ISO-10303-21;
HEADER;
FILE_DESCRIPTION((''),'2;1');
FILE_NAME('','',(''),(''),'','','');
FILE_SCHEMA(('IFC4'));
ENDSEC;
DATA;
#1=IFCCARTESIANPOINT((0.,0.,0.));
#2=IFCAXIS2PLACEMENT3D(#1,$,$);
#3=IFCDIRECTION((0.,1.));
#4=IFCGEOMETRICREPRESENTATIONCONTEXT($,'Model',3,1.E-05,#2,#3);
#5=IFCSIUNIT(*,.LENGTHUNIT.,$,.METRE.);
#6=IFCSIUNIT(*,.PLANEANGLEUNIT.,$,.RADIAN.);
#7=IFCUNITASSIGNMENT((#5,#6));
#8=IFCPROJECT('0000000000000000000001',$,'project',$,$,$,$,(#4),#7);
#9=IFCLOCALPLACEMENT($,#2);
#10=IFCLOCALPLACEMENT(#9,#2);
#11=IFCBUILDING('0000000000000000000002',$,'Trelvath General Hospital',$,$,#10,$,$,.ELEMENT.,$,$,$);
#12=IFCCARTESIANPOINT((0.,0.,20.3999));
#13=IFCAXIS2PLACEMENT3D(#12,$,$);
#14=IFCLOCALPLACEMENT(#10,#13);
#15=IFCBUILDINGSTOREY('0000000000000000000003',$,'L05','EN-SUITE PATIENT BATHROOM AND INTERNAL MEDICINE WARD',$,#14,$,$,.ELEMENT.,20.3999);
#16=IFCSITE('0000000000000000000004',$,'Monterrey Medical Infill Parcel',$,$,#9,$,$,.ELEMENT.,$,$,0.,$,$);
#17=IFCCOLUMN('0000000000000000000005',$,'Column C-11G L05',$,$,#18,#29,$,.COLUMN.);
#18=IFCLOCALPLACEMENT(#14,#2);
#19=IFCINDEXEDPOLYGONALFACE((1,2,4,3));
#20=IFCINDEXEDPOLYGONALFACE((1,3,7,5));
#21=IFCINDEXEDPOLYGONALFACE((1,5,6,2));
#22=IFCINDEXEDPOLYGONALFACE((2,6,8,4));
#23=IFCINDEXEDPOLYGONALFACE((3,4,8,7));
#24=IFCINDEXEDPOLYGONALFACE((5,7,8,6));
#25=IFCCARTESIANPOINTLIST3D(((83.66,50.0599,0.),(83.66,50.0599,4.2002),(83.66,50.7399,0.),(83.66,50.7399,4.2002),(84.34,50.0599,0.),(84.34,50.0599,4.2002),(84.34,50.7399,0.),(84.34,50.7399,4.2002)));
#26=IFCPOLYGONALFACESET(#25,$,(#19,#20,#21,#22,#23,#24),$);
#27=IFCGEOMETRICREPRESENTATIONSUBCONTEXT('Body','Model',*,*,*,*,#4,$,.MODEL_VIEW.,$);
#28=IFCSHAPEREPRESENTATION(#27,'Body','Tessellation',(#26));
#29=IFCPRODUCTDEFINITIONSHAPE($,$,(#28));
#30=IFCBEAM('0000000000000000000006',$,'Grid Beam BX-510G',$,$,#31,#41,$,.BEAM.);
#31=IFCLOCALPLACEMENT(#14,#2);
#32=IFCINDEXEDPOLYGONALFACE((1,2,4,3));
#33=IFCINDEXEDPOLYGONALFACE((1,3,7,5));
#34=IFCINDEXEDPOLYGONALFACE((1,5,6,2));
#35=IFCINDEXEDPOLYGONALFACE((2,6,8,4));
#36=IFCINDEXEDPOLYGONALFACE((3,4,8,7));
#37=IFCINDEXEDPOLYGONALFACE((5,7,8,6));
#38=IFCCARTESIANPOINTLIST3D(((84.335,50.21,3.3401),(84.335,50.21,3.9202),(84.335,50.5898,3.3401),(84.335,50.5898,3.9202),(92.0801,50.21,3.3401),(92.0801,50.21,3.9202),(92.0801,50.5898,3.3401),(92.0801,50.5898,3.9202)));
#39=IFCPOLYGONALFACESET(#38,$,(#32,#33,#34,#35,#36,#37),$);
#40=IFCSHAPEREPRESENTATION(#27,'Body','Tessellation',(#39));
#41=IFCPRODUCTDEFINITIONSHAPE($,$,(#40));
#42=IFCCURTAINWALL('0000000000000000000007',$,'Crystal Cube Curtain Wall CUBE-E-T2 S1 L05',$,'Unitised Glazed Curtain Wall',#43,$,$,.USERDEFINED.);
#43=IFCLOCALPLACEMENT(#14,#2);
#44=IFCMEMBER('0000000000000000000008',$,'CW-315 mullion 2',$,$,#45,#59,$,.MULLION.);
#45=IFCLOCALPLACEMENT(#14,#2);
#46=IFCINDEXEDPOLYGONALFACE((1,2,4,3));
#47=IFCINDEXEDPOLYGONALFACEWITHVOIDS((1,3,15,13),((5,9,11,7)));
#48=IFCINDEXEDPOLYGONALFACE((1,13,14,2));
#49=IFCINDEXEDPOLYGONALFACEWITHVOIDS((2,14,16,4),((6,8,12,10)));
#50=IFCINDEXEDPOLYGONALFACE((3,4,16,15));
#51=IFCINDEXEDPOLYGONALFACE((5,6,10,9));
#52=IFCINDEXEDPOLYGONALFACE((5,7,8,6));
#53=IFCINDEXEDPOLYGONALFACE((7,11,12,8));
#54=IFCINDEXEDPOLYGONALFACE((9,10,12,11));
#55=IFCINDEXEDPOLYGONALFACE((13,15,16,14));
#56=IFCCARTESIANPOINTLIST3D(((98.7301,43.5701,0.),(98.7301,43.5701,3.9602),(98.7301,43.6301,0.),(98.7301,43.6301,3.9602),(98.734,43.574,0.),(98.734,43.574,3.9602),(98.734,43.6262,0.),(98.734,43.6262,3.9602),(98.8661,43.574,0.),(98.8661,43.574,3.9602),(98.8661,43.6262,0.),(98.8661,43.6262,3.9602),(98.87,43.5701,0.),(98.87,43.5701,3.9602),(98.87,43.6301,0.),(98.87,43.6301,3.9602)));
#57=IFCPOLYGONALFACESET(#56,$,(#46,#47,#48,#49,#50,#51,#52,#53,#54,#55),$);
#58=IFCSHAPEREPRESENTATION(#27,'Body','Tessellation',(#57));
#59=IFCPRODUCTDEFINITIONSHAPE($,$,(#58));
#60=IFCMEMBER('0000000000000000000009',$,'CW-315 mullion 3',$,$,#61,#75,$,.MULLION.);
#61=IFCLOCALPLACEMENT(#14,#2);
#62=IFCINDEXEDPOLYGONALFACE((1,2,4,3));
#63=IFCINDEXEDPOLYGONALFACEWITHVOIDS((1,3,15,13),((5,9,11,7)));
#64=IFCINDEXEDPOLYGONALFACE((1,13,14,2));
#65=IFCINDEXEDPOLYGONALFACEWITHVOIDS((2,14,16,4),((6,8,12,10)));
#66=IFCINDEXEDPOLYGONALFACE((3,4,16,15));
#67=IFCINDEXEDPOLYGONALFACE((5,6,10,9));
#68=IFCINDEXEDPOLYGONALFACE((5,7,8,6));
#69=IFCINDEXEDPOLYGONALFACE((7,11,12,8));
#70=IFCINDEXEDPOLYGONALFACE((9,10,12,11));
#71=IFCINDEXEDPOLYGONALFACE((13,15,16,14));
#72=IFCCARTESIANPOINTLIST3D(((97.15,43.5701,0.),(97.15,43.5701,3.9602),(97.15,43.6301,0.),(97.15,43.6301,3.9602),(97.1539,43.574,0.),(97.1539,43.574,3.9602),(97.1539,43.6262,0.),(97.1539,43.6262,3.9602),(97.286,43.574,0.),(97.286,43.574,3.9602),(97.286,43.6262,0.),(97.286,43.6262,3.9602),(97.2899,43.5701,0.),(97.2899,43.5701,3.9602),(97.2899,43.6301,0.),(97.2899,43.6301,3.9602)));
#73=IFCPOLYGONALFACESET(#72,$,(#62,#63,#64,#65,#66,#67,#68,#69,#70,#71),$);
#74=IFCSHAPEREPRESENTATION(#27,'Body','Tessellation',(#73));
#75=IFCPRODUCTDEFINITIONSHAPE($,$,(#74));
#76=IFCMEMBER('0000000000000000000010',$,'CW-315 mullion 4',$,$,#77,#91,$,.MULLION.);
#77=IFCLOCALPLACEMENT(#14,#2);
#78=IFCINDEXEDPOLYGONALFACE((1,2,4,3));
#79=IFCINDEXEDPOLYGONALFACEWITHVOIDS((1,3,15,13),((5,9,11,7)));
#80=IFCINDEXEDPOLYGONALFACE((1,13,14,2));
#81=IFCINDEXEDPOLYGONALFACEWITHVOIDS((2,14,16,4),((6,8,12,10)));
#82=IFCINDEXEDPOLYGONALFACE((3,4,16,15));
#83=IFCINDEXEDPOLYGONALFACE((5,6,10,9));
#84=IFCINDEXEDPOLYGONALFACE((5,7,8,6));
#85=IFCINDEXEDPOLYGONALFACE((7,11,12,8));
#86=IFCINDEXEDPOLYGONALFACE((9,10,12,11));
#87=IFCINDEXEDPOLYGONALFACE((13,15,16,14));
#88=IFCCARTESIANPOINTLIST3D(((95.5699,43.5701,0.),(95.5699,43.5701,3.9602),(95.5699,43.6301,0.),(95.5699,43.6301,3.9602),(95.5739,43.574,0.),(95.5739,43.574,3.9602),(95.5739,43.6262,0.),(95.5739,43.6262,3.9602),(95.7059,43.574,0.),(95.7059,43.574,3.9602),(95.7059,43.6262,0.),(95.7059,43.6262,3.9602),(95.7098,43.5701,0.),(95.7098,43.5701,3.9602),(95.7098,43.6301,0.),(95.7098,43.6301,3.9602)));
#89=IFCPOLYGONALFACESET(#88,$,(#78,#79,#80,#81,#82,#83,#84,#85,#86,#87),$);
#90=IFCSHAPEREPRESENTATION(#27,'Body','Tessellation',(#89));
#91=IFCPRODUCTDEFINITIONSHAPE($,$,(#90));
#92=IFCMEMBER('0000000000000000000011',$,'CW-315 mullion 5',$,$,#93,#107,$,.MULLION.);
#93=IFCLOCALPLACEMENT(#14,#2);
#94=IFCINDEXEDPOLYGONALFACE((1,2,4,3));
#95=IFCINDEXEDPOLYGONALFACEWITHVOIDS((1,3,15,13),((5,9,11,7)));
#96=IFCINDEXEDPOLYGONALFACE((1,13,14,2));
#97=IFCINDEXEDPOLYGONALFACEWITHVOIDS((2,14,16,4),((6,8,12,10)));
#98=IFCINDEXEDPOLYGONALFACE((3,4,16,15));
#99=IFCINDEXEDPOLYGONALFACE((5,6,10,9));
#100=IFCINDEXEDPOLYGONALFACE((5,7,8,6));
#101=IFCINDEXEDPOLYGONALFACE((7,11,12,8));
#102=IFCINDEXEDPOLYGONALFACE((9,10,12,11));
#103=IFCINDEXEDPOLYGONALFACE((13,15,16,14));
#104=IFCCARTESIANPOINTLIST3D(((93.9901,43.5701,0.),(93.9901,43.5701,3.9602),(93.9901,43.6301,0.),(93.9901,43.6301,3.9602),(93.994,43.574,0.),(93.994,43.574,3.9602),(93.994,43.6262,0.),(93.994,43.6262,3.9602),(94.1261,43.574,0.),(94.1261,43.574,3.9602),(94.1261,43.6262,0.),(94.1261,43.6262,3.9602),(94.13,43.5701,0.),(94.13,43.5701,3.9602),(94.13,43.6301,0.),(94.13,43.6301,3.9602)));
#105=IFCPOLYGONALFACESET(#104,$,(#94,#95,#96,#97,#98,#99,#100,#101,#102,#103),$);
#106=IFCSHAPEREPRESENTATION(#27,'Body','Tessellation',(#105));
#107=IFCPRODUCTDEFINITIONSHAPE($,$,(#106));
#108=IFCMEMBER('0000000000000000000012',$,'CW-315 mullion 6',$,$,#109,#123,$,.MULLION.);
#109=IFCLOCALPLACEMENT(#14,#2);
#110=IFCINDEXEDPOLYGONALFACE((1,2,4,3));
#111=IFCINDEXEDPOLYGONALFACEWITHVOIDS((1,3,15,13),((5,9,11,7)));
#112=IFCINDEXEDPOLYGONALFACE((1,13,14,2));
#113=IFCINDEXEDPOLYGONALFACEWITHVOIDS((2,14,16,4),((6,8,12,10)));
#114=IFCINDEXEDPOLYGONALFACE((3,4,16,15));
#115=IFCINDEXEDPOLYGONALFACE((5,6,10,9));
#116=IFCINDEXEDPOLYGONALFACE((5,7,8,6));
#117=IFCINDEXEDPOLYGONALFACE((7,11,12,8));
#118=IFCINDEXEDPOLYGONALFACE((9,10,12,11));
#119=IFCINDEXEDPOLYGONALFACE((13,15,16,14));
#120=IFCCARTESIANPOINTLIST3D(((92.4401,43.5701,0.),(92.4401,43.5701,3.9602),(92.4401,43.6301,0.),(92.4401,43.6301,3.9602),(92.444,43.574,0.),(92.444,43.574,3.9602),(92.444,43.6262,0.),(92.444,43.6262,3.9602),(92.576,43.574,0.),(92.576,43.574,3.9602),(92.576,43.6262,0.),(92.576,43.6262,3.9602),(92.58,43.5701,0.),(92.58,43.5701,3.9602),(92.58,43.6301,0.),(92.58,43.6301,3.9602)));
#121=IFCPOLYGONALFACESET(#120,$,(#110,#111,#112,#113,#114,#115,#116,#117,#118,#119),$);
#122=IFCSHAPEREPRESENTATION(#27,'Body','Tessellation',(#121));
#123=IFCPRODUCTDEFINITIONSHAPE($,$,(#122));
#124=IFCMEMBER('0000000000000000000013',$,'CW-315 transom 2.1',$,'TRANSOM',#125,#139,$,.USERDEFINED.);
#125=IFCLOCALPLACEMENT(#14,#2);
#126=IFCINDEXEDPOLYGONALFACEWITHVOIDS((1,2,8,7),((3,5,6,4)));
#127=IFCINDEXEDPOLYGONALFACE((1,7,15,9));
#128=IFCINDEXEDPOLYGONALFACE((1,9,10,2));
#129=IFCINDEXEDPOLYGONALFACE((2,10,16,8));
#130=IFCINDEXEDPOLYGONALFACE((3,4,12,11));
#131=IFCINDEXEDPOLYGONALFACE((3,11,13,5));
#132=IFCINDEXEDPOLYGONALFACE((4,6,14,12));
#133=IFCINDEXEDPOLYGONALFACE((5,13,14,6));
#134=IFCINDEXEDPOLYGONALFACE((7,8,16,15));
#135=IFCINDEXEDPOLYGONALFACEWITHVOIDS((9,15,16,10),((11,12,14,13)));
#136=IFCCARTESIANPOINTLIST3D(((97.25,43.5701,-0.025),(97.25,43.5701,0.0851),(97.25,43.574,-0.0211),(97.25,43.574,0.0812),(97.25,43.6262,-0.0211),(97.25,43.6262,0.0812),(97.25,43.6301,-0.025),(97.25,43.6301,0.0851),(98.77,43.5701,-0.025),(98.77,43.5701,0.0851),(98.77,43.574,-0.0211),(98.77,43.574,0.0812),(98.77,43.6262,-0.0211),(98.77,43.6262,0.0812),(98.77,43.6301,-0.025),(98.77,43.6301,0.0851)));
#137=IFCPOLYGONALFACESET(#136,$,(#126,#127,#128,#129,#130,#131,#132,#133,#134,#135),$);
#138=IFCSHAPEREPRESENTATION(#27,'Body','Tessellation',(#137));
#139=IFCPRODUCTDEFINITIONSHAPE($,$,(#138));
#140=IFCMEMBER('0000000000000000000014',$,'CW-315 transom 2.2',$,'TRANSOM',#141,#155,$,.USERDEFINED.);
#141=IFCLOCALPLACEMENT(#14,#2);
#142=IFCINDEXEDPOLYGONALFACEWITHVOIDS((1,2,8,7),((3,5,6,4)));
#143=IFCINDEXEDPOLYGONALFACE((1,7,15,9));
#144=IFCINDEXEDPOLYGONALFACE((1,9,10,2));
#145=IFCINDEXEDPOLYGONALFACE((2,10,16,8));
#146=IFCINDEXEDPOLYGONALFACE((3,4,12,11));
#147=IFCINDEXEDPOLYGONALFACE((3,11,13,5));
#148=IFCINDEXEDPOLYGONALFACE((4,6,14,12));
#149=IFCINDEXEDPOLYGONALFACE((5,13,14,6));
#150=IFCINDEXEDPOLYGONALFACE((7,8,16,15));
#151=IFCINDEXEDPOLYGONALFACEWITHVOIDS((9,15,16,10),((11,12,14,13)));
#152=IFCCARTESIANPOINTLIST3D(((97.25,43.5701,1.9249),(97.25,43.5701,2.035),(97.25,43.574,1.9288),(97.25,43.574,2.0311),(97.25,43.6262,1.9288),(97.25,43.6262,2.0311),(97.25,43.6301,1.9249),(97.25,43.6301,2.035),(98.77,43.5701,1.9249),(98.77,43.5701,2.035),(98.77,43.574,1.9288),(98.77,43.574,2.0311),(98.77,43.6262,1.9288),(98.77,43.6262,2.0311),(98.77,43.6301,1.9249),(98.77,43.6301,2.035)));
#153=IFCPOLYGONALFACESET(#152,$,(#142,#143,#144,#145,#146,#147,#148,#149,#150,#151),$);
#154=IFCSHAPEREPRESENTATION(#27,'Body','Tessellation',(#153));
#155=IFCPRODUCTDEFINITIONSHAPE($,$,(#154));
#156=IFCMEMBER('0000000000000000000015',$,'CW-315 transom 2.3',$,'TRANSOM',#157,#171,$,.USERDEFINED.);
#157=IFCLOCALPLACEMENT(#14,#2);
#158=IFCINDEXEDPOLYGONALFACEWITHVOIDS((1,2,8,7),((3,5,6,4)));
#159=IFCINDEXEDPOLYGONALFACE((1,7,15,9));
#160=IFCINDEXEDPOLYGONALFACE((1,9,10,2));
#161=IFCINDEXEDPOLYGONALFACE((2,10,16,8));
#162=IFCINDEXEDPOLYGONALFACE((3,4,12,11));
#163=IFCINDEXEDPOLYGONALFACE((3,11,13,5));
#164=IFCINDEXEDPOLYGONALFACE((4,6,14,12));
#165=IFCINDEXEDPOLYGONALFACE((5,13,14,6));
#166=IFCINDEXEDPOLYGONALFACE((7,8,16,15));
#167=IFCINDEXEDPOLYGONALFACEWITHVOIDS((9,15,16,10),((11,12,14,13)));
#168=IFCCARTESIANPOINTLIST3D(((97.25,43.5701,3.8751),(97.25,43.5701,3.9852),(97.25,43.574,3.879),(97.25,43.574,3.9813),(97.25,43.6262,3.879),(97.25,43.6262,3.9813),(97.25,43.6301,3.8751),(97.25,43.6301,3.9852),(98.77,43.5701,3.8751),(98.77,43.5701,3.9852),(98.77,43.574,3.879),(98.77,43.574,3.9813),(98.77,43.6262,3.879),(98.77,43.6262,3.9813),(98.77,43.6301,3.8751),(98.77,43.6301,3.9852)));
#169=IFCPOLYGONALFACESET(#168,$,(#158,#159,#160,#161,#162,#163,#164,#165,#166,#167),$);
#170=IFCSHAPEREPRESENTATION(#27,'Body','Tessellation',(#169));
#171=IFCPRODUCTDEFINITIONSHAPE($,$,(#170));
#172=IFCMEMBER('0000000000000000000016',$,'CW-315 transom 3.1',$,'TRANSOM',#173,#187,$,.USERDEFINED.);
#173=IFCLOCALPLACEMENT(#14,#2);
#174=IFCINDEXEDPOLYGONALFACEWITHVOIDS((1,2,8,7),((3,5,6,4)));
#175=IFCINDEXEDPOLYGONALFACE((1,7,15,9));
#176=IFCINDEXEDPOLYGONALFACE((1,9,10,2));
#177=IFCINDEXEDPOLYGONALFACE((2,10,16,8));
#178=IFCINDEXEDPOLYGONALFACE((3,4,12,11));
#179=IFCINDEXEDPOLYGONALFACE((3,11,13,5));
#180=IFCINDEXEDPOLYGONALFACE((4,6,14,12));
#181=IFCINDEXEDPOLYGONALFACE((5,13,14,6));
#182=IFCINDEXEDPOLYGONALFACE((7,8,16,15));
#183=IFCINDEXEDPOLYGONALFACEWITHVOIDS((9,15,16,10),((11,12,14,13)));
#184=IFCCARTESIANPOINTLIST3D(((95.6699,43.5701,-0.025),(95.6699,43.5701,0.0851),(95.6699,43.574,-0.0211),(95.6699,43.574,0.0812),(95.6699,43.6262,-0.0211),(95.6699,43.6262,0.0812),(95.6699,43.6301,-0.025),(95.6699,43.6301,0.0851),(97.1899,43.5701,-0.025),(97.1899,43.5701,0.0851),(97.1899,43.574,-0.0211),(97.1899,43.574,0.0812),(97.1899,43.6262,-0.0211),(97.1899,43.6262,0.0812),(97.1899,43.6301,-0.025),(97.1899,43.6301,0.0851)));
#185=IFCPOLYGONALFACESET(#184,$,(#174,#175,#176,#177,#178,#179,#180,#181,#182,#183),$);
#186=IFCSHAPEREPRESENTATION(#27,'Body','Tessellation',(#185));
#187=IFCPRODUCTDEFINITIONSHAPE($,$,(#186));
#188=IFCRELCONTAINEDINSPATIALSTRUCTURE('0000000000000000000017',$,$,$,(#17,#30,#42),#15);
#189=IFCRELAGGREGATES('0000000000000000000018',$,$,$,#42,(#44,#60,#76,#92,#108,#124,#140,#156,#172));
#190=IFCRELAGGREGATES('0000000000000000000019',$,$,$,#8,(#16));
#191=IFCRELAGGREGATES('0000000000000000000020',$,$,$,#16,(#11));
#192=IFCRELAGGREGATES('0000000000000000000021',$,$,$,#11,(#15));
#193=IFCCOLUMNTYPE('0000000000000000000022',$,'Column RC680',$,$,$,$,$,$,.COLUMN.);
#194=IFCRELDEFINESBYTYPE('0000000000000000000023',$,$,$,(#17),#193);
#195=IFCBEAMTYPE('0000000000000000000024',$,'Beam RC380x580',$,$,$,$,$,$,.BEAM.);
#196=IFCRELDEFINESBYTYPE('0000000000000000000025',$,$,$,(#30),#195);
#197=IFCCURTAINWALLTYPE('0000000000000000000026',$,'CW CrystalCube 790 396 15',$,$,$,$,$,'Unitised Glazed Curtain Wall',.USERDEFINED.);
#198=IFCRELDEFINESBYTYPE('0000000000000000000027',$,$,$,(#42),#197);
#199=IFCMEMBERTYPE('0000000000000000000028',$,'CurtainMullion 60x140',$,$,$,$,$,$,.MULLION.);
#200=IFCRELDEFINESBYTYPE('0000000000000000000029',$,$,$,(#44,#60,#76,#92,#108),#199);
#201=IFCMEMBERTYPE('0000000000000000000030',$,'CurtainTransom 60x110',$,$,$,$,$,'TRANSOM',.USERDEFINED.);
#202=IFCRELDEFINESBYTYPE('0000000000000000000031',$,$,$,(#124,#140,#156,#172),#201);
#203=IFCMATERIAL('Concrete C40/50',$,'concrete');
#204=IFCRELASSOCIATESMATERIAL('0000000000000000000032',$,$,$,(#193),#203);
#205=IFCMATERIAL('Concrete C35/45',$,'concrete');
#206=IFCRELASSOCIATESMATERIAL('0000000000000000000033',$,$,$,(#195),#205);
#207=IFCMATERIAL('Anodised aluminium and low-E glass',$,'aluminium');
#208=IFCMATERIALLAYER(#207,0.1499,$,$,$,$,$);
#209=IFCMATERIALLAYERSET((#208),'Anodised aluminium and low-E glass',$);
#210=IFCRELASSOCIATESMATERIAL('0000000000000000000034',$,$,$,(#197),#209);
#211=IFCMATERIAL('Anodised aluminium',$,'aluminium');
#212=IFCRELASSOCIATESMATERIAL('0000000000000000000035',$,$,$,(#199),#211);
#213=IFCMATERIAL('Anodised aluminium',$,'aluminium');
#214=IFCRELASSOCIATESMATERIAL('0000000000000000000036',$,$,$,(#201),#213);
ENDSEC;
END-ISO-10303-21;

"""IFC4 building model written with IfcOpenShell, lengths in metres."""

from ifc_helpers import new_model, si_unit, direction, frame, origin, origin_2d, place, context, subcontext, project, spatial, rectangle, hollow_rectangle, extrude, material, layer, layer_set, material_profile, profile_set, type_object, element, aggregate, save


model = new_model("IFC4")

# Units and contexts
model_context = context("Model", 3, precision=1e-05, world=origin(), true_north=direction((0.0, 1.0)))
body_context = subcontext(model_context, "Body", "Model", "MODEL_VIEW")
ifc_project = project(units=[si_unit("LENGTHUNIT", "METRE"), si_unit("PLANEANGLEUNIT", "RADIAN")], contexts=[model_context])

# Site, building, storey
site_placement = place(None, origin())
site = spatial("IfcSite", under=ifc_project, at=site_placement, Name="Monterrey Medical Infill Parcel", CompositionType="ELEMENT", RefElevation=0.0)
building_placement = place(site_placement, origin())
building = spatial("IfcBuilding", under=site, at=building_placement, Name="Trelvath General Hospital", CompositionType="ELEMENT")
storey_placement = place(building_placement, frame((0.0, 0.0, 20.3999)))
storey = spatial("IfcBuildingStorey", under=building, at=storey_placement, Name="L05", Description="EN-SUITE PATIENT BATHROOM AND INTERNAL MEDICINE WARD", CompositionType="ELEMENT", Elevation=20.3999)

# Column
ifc_material_1 = material(Name="Concrete C40/50", Category="concrete")
ifc_material_profile_1 = material_profile(ifc_material_1, rectangle(XDim=0.6799, YDim=0.6799, at=origin_2d()), Name="RC680x680")
ifc_profile_set_1 = profile_set([ifc_material_profile_1], Name="Concrete C40/50")
column_type = type_object("IfcColumnType", Name="Column RC680", PredefinedType="COLUMN", material=ifc_profile_set_1)
column_placement = place(storey_placement, frame((84.0, 50.3999, 0.0), z_axis=(0.0, 0.0, 1.0), x_axis=(1.0, 0.0, 0.0)))
element("IfcColumn", 1, at=column_placement, inside=storey, type_object=column_type, Name="Column C-11G L05", PredefinedType="COLUMN", context=body_context, shape_type="SweptSolid", body=[
    extrude(rectangle(XDim=0.6799, YDim=0.6799, at=origin_2d()), origin(), (0.0, 0.0, 1.0), 4.2002),
])

# Beam
ifc_material_2 = material(Name="Concrete C35/45", Category="concrete")
ifc_material_profile_2 = material_profile(ifc_material_2, rectangle(XDim=0.3799, YDim=0.5801, at=origin_2d()), Name="RCB380x580")
ifc_profile_set_2 = profile_set([ifc_material_profile_2], Name="Concrete C35/45")
beam_type_1 = type_object("IfcBeamType", Name="Beam RC380x580", PredefinedType="BEAM", material=ifc_profile_set_2)
beam_1_placement = place(storey_placement, frame((84.335, 50.3999, 3.6301), z_axis=(1.0, 0.0, 0.0), x_axis=(0.0, 1.0, 0.0)))
element("IfcBeam", 2, at=beam_1_placement, inside=storey, type_object=beam_type_1, Name="Grid Beam BX-510G", PredefinedType="BEAM", context=body_context, shape_type="SweptSolid", body=[
    extrude(rectangle(XDim=0.3799, YDim=0.5801, at=origin_2d()), origin(), (0.0, 0.0, 1.0), 7.7451),
])

# Curtain wall, members
ifc_material_3 = material(Name="Anodised aluminium and low-E glass", Category="aluminium")
ifc_layer_1 = layer(ifc_material_3, 0.1499)
ifc_layer_set_1 = layer_set([ifc_layer_1], Name="Anodised aluminium and low-E glass")
curtain_wall_type = type_object("IfcCurtainWallType", Name="CW CrystalCube 790 396 15", ElementType="Unitised Glazed Curtain Wall", PredefinedType="USERDEFINED", material=ifc_layer_set_1)
curtain_wall_placement = place(storey_placement, origin())
curtain_wall = element("IfcCurtainWall", 3, at=curtain_wall_placement, inside=storey, type_object=curtain_wall_type, Name="Crystal Cube Curtain Wall CUBE-E-T2 S1 L05", ObjectType="Unitised Glazed Curtain Wall", PredefinedType="USERDEFINED")
ifc_material_4 = material(Name="Anodised aluminium", Category="aluminium")
ifc_material_profile_3 = material_profile(ifc_material_4, hollow_rectangle(XDim=0.0601, YDim=0.1399, WallThickness=0.0039, at=origin_2d()), Name="RHS60x140x4")
ifc_profile_set_3 = profile_set([ifc_material_profile_3], Name="Anodised aluminium")
member_type_1 = type_object("IfcMemberType", Name="CurtainMullion 60x140", PredefinedType="MULLION", material=ifc_profile_set_3)
member_1_placement = place(storey_placement, frame((98.8, 43.6001, 0.0), z_axis=(0.0, 0.0, 1.0), x_axis=(0.0, -1.0, 0.0)))
member_1 = element("IfcMember", 4, at=member_1_placement, type_object=member_type_1, Name="CW-315 mullion 2", PredefinedType="MULLION", context=body_context, shape_type="SweptSolid", body=[
    extrude(hollow_rectangle(XDim=0.0601, YDim=0.1399, WallThickness=0.0039, at=origin_2d()), origin(), (0.0, 0.0, 1.0), 3.9602),
])
member_2_placement = place(storey_placement, frame((97.22, 43.6001, 0.0), z_axis=(0.0, 0.0, 1.0), x_axis=(0.0, -1.0, 0.0)))
member_2 = element("IfcMember", 5, at=member_2_placement, type_object=member_type_1, Name="CW-315 mullion 3", PredefinedType="MULLION", context=body_context, shape_type="SweptSolid", body=[
    extrude(hollow_rectangle(XDim=0.0601, YDim=0.1399, WallThickness=0.0039, at=origin_2d()), origin(), (0.0, 0.0, 1.0), 3.9602),
])
member_3_placement = place(storey_placement, frame((95.6399, 43.6001, 0.0), z_axis=(0.0, 0.0, 1.0), x_axis=(0.0, -1.0, 0.0)))
member_3 = element("IfcMember", 6, at=member_3_placement, type_object=member_type_1, Name="CW-315 mullion 4", PredefinedType="MULLION", context=body_context, shape_type="SweptSolid", body=[
    extrude(hollow_rectangle(XDim=0.0601, YDim=0.1399, WallThickness=0.0039, at=origin_2d()), origin(), (0.0, 0.0, 1.0), 3.9602),
])
member_4_placement = place(storey_placement, frame((94.0601, 43.6001, 0.0), z_axis=(0.0, 0.0, 1.0), x_axis=(0.0, -1.0, 0.0)))
member_4 = element("IfcMember", 7, at=member_4_placement, type_object=member_type_1, Name="CW-315 mullion 5", PredefinedType="MULLION", context=body_context, shape_type="SweptSolid", body=[
    extrude(hollow_rectangle(XDim=0.0601, YDim=0.1399, WallThickness=0.0039, at=origin_2d()), origin(), (0.0, 0.0, 1.0), 3.9602),
])
member_5_placement = place(storey_placement, frame((92.51, 43.6001, 0.0), z_axis=(0.0, 0.0, 1.0), x_axis=(0.0, -1.0, 0.0)))
member_5 = element("IfcMember", 8, at=member_5_placement, type_object=member_type_1, Name="CW-315 mullion 6", PredefinedType="MULLION", context=body_context, shape_type="SweptSolid", body=[
    extrude(hollow_rectangle(XDim=0.0601, YDim=0.1399, WallThickness=0.0039, at=origin_2d()), origin(), (0.0, 0.0, 1.0), 3.9602),
])
ifc_material_5 = material(Name="Anodised aluminium", Category="aluminium")
ifc_material_profile_4 = material_profile(ifc_material_5, hollow_rectangle(XDim=0.0601, YDim=0.1101, WallThickness=0.0039, at=origin_2d()), Name="RHS60x110x4")
ifc_profile_set_4 = profile_set([ifc_material_profile_4], Name="Anodised aluminium")
member_type_2 = type_object("IfcMemberType", Name="CurtainTransom 60x110", ElementType="TRANSOM", PredefinedType="USERDEFINED", material=ifc_profile_set_4)
member_6_placement = place(storey_placement, frame((98.77, 43.6001, 0.03), z_axis=(-1.0, 0.0, 0.0), x_axis=(0.0, -1.0, 0.0)))
member_6 = element("IfcMember", 9, at=member_6_placement, type_object=member_type_2, Name="CW-315 transom 2.1", ObjectType="TRANSOM", PredefinedType="USERDEFINED", context=body_context, shape_type="SweptSolid", body=[
    extrude(hollow_rectangle(XDim=0.0601, YDim=0.1101, WallThickness=0.0039, at=origin_2d()), origin(), (0.0, 0.0, 1.0), 1.52),
])
member_7_placement = place(storey_placement, frame((98.77, 43.6001, 1.98), z_axis=(-1.0, 0.0, 0.0), x_axis=(0.0, -1.0, 0.0)))
member_7 = element("IfcMember", 10, at=member_7_placement, type_object=member_type_2, Name="CW-315 transom 2.2", ObjectType="TRANSOM", PredefinedType="USERDEFINED", context=body_context, shape_type="SweptSolid", body=[
    extrude(hollow_rectangle(XDim=0.0601, YDim=0.1101, WallThickness=0.0039, at=origin_2d()), origin(), (0.0, 0.0, 1.0), 1.52),
])
member_8_placement = place(storey_placement, frame((98.77, 43.6001, 3.9302), z_axis=(-1.0, 0.0, 0.0), x_axis=(0.0, -1.0, 0.0)))
member_8 = element("IfcMember", 11, at=member_8_placement, type_object=member_type_2, Name="CW-315 transom 2.3", ObjectType="TRANSOM", PredefinedType="USERDEFINED", context=body_context, shape_type="SweptSolid", body=[
    extrude(hollow_rectangle(XDim=0.0601, YDim=0.1101, WallThickness=0.0039, at=origin_2d()), origin(), (0.0, 0.0, 1.0), 1.52),
])
member_9_placement = place(storey_placement, frame((97.1899, 43.6001, 0.03), z_axis=(-1.0, 0.0, 0.0), x_axis=(0.0, -1.0, 0.0)))
member_9 = element("IfcMember", 12, at=member_9_placement, type_object=member_type_2, Name="CW-315 transom 3.1", ObjectType="TRANSOM", PredefinedType="USERDEFINED", context=body_context, shape_type="SweptSolid", body=[
    extrude(hollow_rectangle(XDim=0.0601, YDim=0.1101, WallThickness=0.0039, at=origin_2d()), origin(), (0.0, 0.0, 1.0), 1.52),
])

aggregate(curtain_wall, [member_1, member_2, member_3, member_4, member_5, member_6, member_7, member_8, member_9])

save(model, "model.ifc")
